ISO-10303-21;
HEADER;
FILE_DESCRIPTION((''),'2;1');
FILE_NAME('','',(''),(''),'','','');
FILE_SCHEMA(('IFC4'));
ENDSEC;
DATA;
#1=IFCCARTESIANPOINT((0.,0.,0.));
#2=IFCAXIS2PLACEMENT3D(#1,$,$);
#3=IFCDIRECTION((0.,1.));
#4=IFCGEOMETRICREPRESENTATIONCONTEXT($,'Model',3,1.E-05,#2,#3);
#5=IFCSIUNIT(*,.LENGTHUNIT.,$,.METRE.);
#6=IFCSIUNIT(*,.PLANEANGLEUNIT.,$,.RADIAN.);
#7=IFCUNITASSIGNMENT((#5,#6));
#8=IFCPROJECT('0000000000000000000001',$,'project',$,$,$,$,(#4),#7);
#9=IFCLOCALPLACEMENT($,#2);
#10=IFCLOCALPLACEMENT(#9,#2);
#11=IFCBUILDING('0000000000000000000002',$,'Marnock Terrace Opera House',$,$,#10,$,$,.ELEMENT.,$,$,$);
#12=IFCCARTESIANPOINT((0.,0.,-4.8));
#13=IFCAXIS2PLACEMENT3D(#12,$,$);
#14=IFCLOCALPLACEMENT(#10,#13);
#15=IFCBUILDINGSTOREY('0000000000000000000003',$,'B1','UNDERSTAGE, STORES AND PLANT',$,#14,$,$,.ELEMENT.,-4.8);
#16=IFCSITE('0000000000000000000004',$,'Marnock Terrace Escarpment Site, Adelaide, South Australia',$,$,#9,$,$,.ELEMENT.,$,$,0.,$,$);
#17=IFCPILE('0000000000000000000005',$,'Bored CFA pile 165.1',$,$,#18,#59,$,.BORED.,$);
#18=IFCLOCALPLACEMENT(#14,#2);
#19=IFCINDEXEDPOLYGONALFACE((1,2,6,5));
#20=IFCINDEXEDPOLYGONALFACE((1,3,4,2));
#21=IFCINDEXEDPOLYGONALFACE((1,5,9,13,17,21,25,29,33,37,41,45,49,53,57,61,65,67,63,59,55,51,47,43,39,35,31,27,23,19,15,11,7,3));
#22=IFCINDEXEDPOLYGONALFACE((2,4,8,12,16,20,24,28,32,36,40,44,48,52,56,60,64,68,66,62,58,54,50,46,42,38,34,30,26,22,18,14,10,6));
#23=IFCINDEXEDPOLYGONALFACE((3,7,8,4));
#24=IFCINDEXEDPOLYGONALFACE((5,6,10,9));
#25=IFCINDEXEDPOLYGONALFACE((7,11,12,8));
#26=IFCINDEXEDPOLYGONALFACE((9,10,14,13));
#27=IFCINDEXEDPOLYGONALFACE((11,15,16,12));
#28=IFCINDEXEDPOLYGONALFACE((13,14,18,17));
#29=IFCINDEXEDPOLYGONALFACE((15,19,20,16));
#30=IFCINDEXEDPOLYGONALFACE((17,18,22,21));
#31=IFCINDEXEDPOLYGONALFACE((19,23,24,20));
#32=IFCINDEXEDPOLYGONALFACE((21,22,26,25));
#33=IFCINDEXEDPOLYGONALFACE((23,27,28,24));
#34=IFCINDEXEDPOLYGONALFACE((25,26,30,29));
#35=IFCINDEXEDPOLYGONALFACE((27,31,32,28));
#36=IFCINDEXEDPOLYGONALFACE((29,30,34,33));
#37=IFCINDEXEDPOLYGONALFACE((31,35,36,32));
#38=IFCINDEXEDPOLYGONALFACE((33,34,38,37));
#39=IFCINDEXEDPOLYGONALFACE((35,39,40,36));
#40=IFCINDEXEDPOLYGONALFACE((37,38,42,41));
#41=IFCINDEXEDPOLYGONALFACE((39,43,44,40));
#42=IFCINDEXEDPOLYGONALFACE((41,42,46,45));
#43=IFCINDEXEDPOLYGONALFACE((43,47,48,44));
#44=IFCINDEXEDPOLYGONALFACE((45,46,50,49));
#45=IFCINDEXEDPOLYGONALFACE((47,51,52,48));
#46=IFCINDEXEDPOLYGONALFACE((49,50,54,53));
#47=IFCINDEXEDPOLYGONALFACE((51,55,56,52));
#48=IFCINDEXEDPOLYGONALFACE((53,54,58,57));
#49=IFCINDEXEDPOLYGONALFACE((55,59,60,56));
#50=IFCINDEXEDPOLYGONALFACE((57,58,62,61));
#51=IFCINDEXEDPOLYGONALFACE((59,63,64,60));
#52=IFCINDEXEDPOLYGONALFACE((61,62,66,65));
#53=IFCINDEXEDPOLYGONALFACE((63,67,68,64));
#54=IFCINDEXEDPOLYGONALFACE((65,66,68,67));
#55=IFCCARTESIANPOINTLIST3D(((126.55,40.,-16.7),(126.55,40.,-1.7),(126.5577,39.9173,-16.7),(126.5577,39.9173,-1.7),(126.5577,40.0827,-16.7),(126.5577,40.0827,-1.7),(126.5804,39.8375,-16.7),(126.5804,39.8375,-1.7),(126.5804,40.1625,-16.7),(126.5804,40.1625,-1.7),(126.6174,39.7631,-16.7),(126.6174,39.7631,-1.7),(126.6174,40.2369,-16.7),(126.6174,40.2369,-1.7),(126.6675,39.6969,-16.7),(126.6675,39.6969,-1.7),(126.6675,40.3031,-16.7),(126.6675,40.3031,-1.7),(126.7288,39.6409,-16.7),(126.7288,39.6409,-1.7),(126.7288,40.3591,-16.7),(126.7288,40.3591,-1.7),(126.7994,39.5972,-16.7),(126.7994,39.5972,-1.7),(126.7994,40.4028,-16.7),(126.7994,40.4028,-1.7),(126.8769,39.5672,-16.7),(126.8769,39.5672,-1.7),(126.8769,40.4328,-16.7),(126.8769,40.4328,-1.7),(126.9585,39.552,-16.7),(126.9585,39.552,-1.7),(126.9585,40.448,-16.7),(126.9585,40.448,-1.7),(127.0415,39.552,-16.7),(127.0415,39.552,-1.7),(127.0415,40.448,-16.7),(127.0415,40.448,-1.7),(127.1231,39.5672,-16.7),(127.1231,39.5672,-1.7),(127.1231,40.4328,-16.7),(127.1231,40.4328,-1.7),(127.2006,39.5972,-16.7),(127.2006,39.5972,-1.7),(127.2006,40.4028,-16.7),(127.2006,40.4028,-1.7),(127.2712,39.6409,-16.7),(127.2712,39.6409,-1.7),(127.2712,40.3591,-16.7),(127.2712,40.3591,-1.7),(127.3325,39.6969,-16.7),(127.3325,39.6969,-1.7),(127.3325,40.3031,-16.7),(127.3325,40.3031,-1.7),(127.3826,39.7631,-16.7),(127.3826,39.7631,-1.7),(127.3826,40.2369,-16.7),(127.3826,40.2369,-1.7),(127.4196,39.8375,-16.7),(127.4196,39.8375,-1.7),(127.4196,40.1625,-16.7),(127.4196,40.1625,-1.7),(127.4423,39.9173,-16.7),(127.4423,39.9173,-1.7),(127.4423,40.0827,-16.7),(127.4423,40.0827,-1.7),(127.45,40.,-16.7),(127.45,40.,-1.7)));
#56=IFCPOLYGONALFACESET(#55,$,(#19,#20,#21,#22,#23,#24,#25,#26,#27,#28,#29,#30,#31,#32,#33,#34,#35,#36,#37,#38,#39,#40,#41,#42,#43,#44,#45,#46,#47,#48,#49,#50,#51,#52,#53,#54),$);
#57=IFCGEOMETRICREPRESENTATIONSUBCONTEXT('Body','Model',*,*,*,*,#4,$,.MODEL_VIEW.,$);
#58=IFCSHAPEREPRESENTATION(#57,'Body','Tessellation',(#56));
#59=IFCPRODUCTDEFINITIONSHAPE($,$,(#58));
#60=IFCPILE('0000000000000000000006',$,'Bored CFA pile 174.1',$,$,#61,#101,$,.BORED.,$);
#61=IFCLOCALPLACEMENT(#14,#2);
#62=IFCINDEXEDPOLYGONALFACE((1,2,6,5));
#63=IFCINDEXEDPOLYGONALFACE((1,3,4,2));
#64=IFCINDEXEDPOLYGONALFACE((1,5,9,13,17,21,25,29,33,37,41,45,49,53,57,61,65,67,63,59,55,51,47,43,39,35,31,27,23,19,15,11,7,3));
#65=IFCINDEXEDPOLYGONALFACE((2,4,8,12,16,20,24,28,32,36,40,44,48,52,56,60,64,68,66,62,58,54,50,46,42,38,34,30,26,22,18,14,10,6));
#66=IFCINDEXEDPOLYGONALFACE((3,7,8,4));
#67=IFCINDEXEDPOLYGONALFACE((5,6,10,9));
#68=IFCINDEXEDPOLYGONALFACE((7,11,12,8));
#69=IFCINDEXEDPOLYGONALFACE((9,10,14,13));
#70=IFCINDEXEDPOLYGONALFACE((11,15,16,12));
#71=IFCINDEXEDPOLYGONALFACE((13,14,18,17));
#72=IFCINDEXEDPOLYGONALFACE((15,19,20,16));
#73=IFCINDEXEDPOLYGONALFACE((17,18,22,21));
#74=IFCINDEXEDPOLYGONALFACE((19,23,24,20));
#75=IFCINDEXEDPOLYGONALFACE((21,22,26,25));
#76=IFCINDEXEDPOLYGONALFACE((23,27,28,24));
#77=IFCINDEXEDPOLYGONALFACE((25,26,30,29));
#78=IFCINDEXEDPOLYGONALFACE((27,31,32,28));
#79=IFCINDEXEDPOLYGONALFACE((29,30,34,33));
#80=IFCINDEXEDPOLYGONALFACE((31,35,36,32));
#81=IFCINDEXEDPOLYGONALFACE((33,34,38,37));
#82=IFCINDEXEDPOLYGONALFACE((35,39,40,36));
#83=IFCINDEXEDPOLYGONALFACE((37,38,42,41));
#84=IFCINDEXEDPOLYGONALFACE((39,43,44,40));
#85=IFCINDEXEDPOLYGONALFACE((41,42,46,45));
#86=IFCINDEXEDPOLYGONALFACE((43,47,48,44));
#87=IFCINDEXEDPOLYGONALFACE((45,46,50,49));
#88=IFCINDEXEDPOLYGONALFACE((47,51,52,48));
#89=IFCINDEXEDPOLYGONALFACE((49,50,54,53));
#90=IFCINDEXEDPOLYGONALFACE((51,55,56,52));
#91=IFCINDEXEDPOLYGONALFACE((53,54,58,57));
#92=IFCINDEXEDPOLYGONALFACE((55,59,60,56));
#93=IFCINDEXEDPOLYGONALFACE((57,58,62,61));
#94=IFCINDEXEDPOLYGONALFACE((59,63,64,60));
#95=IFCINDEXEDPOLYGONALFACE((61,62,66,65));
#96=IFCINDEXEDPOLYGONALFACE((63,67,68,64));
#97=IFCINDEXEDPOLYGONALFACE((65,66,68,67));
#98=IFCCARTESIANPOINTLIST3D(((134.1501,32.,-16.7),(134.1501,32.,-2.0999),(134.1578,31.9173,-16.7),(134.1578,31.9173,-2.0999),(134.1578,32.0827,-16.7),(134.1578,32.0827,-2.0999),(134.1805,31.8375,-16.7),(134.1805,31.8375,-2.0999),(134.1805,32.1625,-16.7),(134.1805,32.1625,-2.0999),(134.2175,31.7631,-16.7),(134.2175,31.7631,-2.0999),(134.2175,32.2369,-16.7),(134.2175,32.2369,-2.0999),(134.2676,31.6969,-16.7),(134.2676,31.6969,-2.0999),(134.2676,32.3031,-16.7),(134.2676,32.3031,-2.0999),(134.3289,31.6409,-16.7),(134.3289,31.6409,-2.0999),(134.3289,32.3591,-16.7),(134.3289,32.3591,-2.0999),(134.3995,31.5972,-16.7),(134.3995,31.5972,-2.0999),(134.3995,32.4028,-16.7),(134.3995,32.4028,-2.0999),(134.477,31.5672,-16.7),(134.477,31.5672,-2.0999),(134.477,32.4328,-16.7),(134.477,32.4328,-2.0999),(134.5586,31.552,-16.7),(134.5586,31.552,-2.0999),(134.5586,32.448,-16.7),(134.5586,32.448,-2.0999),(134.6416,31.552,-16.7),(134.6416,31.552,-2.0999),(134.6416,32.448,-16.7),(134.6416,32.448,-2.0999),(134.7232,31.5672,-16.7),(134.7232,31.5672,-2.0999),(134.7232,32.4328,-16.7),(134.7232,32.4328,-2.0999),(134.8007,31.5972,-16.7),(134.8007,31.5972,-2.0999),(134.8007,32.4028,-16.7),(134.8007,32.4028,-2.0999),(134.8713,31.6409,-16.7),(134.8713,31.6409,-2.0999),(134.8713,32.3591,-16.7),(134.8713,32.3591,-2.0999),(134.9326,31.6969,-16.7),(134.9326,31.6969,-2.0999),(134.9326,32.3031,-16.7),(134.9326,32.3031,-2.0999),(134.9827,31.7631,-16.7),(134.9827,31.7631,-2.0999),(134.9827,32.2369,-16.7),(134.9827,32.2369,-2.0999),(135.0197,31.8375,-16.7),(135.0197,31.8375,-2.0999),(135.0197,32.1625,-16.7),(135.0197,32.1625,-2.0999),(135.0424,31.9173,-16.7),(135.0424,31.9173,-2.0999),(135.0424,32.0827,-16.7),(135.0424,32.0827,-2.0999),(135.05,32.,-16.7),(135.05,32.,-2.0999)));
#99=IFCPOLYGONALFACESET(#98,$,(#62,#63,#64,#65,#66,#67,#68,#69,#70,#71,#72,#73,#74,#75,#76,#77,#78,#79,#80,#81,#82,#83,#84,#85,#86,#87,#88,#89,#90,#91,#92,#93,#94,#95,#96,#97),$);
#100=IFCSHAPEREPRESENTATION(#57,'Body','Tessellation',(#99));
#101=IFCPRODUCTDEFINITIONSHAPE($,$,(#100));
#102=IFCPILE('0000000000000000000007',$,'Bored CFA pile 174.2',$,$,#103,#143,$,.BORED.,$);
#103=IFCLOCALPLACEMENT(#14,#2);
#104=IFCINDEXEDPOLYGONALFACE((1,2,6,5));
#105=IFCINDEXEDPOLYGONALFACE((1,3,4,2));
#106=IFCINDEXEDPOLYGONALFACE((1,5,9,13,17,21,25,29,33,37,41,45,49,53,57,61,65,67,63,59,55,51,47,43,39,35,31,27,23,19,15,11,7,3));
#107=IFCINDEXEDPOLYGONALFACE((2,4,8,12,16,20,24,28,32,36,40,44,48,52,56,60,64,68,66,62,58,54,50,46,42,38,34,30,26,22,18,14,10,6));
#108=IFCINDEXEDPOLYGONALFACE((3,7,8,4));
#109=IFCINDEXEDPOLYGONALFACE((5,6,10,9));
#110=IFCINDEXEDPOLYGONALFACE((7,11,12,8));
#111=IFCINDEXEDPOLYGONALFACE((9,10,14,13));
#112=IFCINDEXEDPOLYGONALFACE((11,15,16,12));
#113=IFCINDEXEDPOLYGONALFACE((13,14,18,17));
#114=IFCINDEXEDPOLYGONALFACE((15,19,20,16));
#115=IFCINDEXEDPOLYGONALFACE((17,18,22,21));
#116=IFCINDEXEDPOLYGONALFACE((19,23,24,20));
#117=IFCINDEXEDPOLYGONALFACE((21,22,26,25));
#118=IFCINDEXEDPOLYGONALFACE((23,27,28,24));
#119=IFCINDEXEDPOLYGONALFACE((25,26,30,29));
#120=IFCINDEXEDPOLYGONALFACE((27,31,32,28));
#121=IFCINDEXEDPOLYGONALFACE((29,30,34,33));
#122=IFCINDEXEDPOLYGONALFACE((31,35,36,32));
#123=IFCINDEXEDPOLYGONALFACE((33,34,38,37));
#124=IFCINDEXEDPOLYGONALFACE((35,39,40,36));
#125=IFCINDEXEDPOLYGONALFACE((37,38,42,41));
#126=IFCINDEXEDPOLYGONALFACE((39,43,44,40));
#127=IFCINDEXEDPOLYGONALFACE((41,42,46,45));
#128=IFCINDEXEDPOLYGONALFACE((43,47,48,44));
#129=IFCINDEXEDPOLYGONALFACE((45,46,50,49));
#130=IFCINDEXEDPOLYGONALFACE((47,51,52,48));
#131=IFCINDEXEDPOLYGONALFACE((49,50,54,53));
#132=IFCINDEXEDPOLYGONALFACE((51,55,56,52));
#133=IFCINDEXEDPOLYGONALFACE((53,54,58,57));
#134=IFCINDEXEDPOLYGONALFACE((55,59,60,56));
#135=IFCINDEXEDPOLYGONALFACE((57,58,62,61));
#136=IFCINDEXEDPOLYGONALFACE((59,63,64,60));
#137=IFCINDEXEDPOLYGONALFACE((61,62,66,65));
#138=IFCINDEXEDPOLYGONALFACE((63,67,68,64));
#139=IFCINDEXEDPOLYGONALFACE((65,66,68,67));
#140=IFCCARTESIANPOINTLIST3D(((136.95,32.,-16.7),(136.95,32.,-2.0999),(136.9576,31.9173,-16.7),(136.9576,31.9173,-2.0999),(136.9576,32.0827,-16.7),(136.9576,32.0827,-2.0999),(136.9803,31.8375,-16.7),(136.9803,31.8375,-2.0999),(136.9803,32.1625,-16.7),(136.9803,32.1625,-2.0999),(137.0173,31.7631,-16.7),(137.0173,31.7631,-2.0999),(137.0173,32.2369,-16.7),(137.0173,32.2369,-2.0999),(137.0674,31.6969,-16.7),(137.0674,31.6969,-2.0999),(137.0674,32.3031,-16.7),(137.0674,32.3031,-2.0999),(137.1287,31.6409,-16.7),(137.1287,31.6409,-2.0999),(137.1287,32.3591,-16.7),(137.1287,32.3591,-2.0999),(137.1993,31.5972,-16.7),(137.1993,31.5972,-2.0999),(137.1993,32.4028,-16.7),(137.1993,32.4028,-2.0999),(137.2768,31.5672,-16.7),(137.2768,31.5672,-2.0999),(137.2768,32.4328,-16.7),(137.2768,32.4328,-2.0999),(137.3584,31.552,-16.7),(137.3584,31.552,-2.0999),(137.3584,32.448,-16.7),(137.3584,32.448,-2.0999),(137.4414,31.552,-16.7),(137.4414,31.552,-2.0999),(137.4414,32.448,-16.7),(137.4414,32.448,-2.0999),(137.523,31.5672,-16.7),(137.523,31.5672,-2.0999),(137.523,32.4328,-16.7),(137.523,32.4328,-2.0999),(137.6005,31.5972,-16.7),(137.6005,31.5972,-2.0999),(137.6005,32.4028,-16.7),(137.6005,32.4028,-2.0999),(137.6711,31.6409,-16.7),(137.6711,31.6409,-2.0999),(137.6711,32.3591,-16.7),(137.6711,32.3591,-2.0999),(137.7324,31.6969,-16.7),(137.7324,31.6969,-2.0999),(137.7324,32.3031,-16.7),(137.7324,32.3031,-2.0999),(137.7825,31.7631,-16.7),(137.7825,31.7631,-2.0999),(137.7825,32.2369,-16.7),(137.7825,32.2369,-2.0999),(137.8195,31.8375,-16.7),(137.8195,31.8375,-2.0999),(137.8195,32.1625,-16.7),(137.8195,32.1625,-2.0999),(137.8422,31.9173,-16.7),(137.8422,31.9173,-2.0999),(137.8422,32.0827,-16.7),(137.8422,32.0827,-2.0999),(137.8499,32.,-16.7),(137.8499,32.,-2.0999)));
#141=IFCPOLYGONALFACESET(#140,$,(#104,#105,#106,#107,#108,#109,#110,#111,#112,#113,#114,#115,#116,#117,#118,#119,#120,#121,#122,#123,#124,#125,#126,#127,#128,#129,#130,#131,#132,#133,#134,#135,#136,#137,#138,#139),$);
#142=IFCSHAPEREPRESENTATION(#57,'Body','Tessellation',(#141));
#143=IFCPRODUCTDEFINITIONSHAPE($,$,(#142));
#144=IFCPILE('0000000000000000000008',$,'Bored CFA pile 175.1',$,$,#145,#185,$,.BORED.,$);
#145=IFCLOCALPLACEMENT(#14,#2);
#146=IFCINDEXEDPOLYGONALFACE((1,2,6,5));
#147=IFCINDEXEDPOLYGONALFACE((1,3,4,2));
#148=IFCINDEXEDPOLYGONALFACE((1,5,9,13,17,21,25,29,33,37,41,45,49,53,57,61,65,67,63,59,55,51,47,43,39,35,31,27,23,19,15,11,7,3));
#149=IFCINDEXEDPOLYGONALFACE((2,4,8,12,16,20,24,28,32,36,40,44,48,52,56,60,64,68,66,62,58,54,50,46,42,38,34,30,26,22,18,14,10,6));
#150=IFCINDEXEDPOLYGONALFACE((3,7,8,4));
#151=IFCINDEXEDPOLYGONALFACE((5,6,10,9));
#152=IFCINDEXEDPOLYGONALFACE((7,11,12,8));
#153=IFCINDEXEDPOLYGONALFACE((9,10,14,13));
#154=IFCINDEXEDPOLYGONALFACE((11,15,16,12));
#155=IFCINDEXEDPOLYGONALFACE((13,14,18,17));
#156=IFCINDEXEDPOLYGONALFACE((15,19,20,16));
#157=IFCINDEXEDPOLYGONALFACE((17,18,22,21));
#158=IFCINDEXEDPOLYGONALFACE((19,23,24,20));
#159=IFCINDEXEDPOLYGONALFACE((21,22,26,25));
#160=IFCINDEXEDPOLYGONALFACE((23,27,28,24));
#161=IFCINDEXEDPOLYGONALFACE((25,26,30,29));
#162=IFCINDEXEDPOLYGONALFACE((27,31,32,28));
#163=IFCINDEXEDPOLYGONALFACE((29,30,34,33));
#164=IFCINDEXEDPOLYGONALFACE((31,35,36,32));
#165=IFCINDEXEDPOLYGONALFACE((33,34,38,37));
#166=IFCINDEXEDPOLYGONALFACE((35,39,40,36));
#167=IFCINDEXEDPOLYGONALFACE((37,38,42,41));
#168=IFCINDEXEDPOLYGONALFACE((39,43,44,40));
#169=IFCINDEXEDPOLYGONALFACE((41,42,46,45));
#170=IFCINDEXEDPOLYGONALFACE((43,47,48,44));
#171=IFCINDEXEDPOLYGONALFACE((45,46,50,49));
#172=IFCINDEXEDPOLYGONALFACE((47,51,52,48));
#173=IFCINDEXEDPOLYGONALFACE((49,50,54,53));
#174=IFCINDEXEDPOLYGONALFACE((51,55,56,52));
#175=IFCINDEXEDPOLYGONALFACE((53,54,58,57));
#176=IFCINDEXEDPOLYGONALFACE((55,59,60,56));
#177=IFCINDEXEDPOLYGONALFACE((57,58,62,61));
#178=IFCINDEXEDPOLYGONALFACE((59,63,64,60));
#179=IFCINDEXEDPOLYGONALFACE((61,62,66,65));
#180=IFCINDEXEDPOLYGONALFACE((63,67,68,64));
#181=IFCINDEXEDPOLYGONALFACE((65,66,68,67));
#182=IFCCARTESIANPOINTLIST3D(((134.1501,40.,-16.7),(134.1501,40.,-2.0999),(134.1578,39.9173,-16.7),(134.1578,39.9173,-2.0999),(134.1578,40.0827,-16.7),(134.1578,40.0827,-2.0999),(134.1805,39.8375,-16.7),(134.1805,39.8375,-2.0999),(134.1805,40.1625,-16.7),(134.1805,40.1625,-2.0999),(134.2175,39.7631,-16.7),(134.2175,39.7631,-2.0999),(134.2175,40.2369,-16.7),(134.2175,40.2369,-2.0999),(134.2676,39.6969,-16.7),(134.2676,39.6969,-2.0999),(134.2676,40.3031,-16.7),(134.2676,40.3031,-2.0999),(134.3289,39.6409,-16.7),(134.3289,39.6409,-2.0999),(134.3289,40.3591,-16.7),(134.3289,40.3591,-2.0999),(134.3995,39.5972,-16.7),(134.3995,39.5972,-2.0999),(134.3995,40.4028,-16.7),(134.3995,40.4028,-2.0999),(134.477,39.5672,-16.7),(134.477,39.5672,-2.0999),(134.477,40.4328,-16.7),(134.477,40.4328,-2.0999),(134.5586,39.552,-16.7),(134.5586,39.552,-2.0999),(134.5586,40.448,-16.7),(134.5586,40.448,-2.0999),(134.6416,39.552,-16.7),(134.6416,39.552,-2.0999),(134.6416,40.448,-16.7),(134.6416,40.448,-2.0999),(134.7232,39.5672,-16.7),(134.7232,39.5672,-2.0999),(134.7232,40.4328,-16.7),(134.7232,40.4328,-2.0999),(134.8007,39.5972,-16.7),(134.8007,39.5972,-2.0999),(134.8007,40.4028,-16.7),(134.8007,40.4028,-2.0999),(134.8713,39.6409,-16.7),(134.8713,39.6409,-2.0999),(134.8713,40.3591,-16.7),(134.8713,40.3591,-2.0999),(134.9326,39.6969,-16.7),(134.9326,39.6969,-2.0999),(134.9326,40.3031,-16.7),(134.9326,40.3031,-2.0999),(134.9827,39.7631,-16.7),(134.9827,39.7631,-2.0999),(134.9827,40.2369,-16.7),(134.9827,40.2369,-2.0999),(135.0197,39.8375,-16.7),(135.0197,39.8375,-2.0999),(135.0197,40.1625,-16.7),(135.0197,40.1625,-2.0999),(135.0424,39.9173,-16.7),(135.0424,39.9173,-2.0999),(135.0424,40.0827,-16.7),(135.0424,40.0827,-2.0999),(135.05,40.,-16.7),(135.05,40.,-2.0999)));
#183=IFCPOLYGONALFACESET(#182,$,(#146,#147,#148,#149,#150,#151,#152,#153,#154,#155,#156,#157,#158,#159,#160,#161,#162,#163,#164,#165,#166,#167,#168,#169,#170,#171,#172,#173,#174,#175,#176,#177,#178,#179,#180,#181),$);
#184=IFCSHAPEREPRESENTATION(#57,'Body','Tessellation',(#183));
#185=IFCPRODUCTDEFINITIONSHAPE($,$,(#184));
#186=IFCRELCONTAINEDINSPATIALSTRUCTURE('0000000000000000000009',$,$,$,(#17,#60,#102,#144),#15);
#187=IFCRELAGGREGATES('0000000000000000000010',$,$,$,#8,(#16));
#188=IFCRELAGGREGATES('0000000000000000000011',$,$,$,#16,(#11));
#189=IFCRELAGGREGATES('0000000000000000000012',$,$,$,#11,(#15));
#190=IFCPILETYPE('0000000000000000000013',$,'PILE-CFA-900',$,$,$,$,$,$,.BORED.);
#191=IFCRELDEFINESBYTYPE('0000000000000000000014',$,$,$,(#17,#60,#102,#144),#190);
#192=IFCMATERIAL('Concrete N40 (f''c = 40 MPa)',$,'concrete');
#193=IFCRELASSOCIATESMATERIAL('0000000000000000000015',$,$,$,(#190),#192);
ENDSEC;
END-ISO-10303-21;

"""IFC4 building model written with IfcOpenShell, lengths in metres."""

from ifc_helpers import new_model, si_unit, direction, frame, origin, origin_2d, place, context, subcontext, project, spatial, circle, extrude, material, material_profile, profile_set, type_object, element, save


model = new_model("IFC4")

# Units and contexts
model_context = context("Model", 3, precision=1e-05, world=origin(), true_north=direction((0.0, 1.0)))
body_context = subcontext(model_context, "Body", "Model", "MODEL_VIEW")
ifc_project = project(units=[si_unit("LENGTHUNIT", "METRE"), si_unit("PLANEANGLEUNIT", "RADIAN")], contexts=[model_context])

# Site, building, storey
site_placement = place(None, origin())
site = spatial("IfcSite", under=ifc_project, at=site_placement, Name="Marnock Terrace Escarpment Site, Adelaide, South Australia", CompositionType="ELEMENT", RefElevation=0.0)
building_placement = place(site_placement, origin())
building = spatial("IfcBuilding", under=site, at=building_placement, Name="Marnock Terrace Opera House", CompositionType="ELEMENT")
storey_placement = place(building_placement, frame((0.0, 0.0, -4.8)))
storey = spatial("IfcBuildingStorey", under=building, at=storey_placement, Name="B1", Description="UNDERSTAGE, STORES AND PLANT", CompositionType="ELEMENT", Elevation=-4.8)

# Shared definitions
ifc_material_1 = material(Name="Concrete N40 (f'c = 40 MPa)", Category="concrete")

# Piles
ifc_material_profile_1 = material_profile(ifc_material_1, circle(Radius=0.45, at=origin_2d()))
ifc_profile_set_1 = profile_set([ifc_material_profile_1], Name="Concrete N40 (f'c = 40 MPa)")
pile_type = type_object("IfcPileType", Name="PILE-CFA-900", PredefinedType="BORED", material=ifc_profile_set_1)
pile_placement = place(storey_placement, frame((127.0, 40.0, -1.7), z_axis=(0.0, 0.0, -1.0), x_axis=(1.0, 0.0, 0.0)))
element("IfcPile", 1, at=pile_placement, inside=storey, type_object=pile_type, Name="Bored CFA pile 165.1", PredefinedType="BORED", context=body_context, shape_type="SweptSolid", body=[
    extrude(circle(Radius=0.45, at=origin_2d()), origin(), (0.0, 0.0, 1.0), 15.0),
])
for number, where, z_axis, x_axis, name in (
    (2, (134.6001, 32.0, -2.0999), (0.0, 0.0, -1.0), (1.0, 0.0, 0.0), "Bored CFA pile 174.1"),
    (3, (137.3999, 32.0, -2.0999), (0.0, 0.0, -1.0), (1.0, 0.0, 0.0), "Bored CFA pile 174.2"),
    (4, (134.6001, 40.0, -2.0999), (0.0, 0.0, -1.0), (1.0, 0.0, 0.0), "Bored CFA pile 175.1"),
):
    element("IfcPile", number, at=place(storey_placement, frame(where, z_axis=z_axis, x_axis=x_axis)), inside=storey, type_object=pile_type, Name=name, PredefinedType="BORED", context=body_context, shape_type="SweptSolid", body=[
        extrude(circle(Radius=0.45, at=origin_2d()), origin(), (0.0, 0.0, 1.0), 14.6001),
    ])

save(model, "model.ifc")
